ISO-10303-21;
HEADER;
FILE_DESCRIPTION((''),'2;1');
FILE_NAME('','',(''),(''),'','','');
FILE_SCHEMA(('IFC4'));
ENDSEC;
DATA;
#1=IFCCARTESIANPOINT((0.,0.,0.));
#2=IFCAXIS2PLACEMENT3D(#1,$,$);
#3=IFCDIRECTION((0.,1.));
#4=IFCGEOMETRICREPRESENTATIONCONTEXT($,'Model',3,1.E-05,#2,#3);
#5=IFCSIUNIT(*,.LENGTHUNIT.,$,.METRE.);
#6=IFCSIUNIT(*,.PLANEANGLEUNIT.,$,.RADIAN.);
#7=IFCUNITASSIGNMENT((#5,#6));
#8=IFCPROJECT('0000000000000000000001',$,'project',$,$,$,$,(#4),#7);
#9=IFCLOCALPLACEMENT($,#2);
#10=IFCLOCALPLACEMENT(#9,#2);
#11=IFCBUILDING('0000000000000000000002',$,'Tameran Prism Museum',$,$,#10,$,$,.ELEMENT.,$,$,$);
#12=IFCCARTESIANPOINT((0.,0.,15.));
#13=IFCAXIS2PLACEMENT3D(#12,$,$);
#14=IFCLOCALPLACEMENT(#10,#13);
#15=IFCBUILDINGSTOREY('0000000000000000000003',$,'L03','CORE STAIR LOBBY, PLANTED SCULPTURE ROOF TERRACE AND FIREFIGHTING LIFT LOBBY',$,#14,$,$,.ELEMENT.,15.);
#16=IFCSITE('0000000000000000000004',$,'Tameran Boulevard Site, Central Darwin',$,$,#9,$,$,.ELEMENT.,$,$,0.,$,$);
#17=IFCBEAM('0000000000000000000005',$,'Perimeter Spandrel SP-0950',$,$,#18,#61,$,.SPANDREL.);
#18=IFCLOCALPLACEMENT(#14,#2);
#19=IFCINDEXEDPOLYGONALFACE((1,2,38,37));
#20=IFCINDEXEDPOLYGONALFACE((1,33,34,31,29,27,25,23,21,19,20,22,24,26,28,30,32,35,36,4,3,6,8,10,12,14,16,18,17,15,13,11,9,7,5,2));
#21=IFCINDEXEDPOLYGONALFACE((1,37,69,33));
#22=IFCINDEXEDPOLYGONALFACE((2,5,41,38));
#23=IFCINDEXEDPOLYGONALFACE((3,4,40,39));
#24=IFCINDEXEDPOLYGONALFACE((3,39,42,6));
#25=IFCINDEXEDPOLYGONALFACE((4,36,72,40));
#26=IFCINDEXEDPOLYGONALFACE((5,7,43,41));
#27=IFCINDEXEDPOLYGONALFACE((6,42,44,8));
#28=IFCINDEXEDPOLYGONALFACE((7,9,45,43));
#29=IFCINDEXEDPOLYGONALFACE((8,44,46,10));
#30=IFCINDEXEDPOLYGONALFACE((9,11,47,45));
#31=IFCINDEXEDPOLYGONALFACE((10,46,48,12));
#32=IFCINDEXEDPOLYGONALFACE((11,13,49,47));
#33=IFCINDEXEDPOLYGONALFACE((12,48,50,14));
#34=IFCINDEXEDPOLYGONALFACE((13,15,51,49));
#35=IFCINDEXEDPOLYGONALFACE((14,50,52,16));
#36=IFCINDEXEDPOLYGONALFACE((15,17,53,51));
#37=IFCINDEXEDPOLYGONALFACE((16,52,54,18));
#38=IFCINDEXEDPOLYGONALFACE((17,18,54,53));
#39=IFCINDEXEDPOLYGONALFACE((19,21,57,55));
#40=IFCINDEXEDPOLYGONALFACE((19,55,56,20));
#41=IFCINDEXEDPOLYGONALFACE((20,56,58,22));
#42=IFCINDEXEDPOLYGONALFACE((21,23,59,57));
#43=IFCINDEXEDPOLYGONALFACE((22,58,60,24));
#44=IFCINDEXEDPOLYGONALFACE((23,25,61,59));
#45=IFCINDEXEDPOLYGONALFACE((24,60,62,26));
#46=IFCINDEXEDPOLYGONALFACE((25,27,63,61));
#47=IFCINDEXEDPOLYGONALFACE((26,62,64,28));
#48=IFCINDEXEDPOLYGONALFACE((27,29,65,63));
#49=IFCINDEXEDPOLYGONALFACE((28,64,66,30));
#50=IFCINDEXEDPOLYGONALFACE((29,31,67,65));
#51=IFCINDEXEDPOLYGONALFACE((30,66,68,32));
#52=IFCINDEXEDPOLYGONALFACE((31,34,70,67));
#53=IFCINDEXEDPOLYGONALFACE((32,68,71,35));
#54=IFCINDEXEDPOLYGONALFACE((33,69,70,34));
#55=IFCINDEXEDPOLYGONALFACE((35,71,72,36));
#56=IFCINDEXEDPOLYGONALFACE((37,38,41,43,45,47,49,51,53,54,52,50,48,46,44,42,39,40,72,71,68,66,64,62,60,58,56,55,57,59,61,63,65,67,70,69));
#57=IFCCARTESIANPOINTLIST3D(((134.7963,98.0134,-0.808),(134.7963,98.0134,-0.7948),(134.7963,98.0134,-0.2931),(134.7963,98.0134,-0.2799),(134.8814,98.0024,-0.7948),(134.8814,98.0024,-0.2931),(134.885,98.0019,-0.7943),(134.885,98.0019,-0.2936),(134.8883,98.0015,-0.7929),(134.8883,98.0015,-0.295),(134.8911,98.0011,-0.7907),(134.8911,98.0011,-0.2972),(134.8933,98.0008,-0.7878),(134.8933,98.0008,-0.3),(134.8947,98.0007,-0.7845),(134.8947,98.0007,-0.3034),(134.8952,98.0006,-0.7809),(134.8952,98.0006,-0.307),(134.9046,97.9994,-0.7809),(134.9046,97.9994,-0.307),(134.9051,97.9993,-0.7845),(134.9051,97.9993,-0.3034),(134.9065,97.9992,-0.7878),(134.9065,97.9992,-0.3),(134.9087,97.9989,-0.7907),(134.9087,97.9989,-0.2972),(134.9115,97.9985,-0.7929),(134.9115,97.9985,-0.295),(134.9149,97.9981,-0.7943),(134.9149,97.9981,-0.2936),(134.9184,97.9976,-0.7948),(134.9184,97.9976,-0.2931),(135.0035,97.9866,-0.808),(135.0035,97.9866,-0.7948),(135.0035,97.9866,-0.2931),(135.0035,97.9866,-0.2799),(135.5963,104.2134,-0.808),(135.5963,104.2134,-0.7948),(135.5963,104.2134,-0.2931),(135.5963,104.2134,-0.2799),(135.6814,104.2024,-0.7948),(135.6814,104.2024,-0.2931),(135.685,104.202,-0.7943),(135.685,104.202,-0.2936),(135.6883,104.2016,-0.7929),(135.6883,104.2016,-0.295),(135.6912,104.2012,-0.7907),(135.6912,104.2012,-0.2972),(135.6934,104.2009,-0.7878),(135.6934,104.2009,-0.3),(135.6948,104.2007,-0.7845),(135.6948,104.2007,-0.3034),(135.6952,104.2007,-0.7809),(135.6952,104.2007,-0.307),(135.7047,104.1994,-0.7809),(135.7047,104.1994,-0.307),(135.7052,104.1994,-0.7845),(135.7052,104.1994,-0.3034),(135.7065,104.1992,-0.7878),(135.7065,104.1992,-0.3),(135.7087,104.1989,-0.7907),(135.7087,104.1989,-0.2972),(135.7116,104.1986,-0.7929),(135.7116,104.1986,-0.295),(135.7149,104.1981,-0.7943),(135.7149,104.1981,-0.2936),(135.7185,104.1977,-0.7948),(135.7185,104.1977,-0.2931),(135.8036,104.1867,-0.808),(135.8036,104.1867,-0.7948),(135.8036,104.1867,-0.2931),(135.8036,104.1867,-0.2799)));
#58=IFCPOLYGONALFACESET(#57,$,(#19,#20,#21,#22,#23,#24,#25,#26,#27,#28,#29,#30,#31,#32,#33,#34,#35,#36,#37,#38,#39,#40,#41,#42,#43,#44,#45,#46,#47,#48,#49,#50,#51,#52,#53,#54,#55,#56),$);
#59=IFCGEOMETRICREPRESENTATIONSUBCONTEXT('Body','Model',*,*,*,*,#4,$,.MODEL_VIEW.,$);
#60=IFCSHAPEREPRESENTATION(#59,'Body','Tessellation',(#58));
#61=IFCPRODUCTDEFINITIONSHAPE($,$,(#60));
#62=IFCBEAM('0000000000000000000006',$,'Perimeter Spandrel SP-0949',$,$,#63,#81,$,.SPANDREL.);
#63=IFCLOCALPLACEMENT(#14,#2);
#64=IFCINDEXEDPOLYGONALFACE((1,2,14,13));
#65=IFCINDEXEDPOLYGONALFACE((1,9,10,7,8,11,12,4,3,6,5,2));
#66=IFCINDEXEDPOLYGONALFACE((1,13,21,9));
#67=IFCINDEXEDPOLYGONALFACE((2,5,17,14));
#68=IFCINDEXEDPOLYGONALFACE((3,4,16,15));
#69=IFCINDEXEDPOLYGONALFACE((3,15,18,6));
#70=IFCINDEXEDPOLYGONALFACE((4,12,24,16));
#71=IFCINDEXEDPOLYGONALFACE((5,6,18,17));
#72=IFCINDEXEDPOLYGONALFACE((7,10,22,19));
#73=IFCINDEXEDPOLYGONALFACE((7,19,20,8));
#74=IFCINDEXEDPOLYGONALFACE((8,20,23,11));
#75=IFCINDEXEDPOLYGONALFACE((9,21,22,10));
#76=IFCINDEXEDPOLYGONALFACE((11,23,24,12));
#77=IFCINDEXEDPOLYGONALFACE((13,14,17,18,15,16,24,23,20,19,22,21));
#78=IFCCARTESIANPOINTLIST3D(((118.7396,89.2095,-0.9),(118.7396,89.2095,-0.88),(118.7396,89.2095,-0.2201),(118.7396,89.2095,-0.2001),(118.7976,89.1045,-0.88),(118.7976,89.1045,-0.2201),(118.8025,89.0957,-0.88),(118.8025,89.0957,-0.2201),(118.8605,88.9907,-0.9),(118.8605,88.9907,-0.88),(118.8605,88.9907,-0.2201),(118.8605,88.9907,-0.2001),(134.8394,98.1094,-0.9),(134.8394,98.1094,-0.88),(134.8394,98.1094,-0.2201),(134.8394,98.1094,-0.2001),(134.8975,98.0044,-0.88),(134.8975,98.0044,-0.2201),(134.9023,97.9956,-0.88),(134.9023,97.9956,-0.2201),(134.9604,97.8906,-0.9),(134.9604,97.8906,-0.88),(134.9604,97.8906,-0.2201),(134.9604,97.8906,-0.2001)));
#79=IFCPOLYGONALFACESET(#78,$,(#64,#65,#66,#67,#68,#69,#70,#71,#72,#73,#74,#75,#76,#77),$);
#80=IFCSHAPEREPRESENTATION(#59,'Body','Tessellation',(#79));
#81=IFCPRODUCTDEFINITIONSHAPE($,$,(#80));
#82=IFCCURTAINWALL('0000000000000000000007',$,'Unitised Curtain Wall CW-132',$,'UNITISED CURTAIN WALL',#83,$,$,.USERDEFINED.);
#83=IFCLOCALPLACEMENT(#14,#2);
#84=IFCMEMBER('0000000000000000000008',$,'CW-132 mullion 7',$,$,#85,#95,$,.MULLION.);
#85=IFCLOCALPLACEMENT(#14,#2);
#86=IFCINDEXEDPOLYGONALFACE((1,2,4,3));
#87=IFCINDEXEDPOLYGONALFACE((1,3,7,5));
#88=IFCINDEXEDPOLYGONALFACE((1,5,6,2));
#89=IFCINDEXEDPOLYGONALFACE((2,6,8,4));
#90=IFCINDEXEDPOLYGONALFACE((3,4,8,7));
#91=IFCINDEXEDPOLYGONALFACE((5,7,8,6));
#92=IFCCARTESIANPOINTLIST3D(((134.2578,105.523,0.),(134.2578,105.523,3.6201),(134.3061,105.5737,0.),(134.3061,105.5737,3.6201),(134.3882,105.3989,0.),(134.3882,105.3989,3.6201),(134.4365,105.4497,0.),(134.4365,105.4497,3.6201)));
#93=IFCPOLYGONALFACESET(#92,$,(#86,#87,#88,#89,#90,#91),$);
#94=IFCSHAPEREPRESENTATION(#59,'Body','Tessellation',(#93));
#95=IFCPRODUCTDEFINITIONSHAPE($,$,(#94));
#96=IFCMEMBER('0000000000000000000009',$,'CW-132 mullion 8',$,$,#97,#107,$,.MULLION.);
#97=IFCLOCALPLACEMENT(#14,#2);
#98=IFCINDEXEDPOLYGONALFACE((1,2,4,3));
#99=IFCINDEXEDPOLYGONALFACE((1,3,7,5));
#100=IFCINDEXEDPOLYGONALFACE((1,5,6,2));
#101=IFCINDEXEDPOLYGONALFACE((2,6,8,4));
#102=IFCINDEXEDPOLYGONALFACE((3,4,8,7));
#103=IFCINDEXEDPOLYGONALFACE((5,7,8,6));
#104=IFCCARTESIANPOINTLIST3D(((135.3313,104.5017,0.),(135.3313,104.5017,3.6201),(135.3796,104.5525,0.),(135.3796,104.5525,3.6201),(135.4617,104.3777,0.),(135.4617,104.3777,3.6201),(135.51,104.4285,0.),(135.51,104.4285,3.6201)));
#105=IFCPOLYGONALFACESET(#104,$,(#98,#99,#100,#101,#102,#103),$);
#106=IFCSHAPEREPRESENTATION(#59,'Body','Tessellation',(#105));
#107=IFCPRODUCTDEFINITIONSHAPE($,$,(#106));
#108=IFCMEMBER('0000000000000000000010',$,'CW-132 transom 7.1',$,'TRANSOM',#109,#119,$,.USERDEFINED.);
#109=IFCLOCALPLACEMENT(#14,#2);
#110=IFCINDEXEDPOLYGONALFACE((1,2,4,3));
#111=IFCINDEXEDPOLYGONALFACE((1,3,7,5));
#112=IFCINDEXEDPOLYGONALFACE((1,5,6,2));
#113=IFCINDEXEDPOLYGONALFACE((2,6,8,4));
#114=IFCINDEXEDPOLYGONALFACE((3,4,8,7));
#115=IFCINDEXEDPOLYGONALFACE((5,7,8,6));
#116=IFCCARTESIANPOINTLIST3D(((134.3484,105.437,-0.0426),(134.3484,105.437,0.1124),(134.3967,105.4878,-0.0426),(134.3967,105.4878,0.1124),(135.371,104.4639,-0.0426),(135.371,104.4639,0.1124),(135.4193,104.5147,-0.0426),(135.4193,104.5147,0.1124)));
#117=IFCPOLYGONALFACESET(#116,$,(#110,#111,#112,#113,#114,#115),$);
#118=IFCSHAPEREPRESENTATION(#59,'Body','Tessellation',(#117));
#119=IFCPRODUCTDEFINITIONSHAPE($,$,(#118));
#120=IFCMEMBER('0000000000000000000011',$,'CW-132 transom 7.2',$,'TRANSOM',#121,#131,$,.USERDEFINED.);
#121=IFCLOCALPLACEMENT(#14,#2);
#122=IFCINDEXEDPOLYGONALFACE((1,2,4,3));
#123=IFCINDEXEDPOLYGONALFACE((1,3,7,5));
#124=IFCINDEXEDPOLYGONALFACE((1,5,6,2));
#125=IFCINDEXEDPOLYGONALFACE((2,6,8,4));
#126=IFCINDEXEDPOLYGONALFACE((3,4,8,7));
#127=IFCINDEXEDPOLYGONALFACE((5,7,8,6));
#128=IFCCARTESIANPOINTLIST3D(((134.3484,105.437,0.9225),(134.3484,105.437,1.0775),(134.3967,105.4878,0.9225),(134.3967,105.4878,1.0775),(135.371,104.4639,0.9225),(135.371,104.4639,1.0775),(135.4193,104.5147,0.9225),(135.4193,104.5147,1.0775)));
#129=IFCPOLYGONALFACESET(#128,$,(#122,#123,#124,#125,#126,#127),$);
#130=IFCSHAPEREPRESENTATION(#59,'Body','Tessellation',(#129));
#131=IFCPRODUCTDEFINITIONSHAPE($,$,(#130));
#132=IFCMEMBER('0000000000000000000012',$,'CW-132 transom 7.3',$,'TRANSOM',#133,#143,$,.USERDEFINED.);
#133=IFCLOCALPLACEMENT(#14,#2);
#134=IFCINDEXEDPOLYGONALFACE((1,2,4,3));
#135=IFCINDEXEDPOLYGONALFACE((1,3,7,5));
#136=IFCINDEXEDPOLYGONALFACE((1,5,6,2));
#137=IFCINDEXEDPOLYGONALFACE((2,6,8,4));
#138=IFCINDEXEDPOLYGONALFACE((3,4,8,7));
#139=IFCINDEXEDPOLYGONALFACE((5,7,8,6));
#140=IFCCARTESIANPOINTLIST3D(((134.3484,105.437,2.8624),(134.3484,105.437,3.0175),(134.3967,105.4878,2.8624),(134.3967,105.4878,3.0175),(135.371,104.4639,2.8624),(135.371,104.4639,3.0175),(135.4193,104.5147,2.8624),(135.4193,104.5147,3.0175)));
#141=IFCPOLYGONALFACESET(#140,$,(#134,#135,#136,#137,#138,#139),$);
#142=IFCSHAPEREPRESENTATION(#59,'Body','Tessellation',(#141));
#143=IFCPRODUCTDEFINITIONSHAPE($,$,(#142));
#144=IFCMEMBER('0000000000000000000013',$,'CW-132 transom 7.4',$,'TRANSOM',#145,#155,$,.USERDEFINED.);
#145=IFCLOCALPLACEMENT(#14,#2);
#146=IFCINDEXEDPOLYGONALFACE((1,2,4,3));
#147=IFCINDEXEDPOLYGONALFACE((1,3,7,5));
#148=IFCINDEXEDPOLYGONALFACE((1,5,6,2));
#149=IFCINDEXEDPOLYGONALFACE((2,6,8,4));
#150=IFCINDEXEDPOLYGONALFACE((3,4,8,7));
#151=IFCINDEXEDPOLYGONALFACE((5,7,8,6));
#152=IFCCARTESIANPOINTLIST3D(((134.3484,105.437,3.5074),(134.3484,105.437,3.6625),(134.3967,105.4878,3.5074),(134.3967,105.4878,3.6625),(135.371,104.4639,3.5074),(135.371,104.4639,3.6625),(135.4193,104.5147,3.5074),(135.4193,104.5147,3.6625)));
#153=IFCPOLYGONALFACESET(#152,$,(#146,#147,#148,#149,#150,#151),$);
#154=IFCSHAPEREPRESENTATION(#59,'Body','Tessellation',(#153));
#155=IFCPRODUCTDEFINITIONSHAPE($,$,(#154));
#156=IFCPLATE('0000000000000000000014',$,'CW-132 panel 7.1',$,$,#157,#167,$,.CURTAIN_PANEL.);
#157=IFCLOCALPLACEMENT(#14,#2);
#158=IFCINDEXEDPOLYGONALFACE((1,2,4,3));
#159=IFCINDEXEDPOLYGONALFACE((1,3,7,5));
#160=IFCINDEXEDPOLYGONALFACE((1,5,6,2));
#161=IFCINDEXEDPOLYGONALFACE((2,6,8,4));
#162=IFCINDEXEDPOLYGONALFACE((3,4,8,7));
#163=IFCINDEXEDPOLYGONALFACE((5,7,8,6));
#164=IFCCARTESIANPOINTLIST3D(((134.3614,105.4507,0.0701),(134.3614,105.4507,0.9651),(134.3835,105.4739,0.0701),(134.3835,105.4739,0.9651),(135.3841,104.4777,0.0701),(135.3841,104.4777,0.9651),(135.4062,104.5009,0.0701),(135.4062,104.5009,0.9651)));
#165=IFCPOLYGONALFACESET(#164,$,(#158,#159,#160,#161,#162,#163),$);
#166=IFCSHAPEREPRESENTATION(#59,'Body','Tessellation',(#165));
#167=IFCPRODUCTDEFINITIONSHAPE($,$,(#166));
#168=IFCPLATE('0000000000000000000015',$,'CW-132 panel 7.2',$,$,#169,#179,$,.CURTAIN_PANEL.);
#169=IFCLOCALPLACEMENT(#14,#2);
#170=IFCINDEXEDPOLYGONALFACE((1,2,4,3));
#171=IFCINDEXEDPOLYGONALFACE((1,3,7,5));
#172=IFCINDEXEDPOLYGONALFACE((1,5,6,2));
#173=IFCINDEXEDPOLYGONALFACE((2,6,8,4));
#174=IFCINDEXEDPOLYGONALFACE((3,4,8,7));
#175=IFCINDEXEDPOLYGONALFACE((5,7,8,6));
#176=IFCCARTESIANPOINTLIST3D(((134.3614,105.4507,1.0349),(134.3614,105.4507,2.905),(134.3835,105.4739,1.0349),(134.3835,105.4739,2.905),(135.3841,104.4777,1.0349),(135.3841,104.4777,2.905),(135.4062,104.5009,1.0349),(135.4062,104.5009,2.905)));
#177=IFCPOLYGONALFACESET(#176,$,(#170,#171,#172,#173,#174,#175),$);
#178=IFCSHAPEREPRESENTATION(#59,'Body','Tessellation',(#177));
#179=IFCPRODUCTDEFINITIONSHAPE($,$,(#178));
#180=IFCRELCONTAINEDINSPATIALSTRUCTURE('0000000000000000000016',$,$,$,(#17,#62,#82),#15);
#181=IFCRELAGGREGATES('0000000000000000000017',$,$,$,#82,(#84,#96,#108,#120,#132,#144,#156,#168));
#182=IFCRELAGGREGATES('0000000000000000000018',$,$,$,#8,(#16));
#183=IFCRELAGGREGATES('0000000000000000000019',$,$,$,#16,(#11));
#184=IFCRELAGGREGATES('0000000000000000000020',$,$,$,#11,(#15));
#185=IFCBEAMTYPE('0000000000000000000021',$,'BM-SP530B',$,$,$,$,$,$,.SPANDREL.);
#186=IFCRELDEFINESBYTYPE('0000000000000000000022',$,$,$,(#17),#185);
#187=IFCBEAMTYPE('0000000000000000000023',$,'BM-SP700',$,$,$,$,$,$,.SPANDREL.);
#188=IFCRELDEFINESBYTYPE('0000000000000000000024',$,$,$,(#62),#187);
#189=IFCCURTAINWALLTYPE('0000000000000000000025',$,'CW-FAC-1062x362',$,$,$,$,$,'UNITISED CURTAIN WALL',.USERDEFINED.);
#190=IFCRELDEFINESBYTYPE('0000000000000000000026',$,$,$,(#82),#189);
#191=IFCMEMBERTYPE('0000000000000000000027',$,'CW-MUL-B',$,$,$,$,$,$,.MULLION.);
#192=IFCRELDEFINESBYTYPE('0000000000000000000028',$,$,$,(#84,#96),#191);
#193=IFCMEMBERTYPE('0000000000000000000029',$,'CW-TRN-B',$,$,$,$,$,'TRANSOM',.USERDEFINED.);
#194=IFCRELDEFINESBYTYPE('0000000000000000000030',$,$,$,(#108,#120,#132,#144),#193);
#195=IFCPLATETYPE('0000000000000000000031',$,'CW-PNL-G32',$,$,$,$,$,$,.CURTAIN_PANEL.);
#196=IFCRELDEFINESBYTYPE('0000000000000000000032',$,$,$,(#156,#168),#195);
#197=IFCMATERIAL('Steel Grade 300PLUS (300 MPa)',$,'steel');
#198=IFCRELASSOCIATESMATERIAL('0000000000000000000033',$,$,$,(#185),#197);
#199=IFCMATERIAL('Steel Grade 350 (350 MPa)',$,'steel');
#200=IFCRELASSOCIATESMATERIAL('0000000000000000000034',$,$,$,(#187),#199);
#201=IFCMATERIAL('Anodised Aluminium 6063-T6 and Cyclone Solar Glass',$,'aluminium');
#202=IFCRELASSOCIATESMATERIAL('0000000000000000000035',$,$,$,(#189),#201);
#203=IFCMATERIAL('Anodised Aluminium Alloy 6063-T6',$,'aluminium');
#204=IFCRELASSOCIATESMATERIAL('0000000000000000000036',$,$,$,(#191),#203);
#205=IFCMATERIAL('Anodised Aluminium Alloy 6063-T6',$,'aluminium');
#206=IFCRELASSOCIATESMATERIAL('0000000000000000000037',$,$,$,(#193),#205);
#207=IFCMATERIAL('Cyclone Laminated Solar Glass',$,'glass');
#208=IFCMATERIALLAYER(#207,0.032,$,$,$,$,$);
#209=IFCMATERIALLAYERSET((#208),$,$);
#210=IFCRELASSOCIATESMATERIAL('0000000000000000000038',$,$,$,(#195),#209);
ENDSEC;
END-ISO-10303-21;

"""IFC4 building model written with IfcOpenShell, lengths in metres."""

from ifc_helpers import new_model, si_unit, direction, frame, origin, origin_2d, place, context, subcontext, project, spatial, rectangle, i_section, extrude, material, layer, layer_set, material_profile, profile_set, type_object, element, aggregate, save


model = new_model("IFC4")

# Units and contexts
model_context = context("Model", 3, precision=1e-05, world=origin(), true_north=direction((0.0, 1.0)))
body_context = subcontext(model_context, "Body", "Model", "MODEL_VIEW")
ifc_project = project(units=[si_unit("LENGTHUNIT", "METRE"), si_unit("PLANEANGLEUNIT", "RADIAN")], contexts=[model_context])

# Site, building, storey
site_placement = place(None, origin())
site = spatial("IfcSite", under=ifc_project, at=site_placement, Name="Tameran Boulevard Site, Central Darwin", CompositionType="ELEMENT", RefElevation=0.0)
building_placement = place(site_placement, origin())
building = spatial("IfcBuilding", under=site, at=building_placement, Name="Tameran Prism Museum", CompositionType="ELEMENT")
storey_placement = place(building_placement, frame((0.0, 0.0, 15.0)))
storey = spatial("IfcBuildingStorey", under=building, at=storey_placement, Name="L03", Description="CORE STAIR LOBBY, PLANTED SCULPTURE ROOF TERRACE AND FIREFIGHTING LIFT LOBBY", CompositionType="ELEMENT", Elevation=15.0)

# Beams
ifc_material_1 = material(Name="Steel Grade 300PLUS (300 MPa)", Category="steel")
ifc_material_profile_1 = material_profile(ifc_material_1, i_section(OverallWidth=0.209, OverallDepth=0.5281, WebThickness=0.0095, FlangeThickness=0.0132, FilletRadius=0.0139, at=origin_2d()))
ifc_profile_set_1 = profile_set([ifc_material_profile_1])
beam_type_1 = type_object("IfcBeamType", Name="BM-SP530B", PredefinedType="SPANDREL", material=ifc_profile_set_1)
beam_1_placement = place(storey_placement, frame((134.8999, 98.0, -0.5439), z_axis=(0.12798, 0.991777, 0.0), x_axis=(-0.991777, 0.12798, 0.0)))
element("IfcBeam", 1, at=beam_1_placement, inside=storey, type_object=beam_type_1, Name="Perimeter Spandrel SP-0950", PredefinedType="SPANDREL", context=body_context, shape_type="SweptSolid", body=[
    extrude(i_section(OverallWidth=0.209, OverallDepth=0.5281, WebThickness=0.0095, FlangeThickness=0.0132, FilletRadius=0.0139, at=origin_2d()), origin(), (0.0, 0.0, 1.0), 6.2515),
])
ifc_material_2 = material(Name="Steel Grade 350 (350 MPa)", Category="steel")
ifc_material_profile_2 = material_profile(ifc_material_2, i_section(OverallWidth=0.25, OverallDepth=0.7, WebThickness=0.01, FlangeThickness=0.02, at=origin_2d()))
ifc_profile_set_2 = profile_set([ifc_material_profile_2])
beam_type_2 = type_object("IfcBeamType", Name="BM-SP700", PredefinedType="SPANDREL", material=ifc_profile_set_2)
beam_2_placement = place(storey_placement, frame((134.8999, 98.0, -0.55), z_axis=(-0.875181, -0.483795, 0.0), x_axis=(0.483795, -0.875181, 0.0)))
element("IfcBeam", 2, at=beam_2_placement, inside=storey, type_object=beam_type_2, Name="Perimeter Spandrel SP-0949", PredefinedType="SPANDREL", context=body_context, shape_type="SweptSolid", body=[
    extrude(i_section(OverallWidth=0.25, OverallDepth=0.7, WebThickness=0.01, FlangeThickness=0.02, at=origin_2d()), origin(), (0.0, 0.0, 1.0), 18.396),
])

# Curtain wall, members, plates
ifc_material_3 = material(Name="Anodised Aluminium 6063-T6 and Cyclone Solar Glass", Category="aluminium")
curtain_wall_type = type_object("IfcCurtainWallType", Name="CW-FAC-1062x362", ElementType="UNITISED CURTAIN WALL", PredefinedType="USERDEFINED", material=ifc_material_3)
curtain_wall_placement = place(storey_placement, origin())
curtain_wall = element("IfcCurtainWall", 3, at=curtain_wall_placement, inside=storey, type_object=curtain_wall_type, Name="Unitised Curtain Wall CW-132", ObjectType="UNITISED CURTAIN WALL", PredefinedType="USERDEFINED")
ifc_material_4 = material(Name="Anodised Aluminium Alloy 6063-T6", Category="aluminium")
ifc_material_profile_3 = material_profile(ifc_material_4, rectangle(XDim=0.0701, YDim=0.1799, at=origin_2d()))
ifc_profile_set_3 = profile_set([ifc_material_profile_3])
member_type_1 = type_object("IfcMemberType", Name="CW-MUL-B", PredefinedType="MULLION", material=ifc_profile_set_3)
member_1_placement = place(storey_placement, frame((134.3472, 105.4863, 0.0), z_axis=(0.0, 0.0, 1.0), x_axis=(0.689274, 0.724501, 0.0)))
member_1 = element("IfcMember", 4, at=member_1_placement, type_object=member_type_1, Name="CW-132 mullion 7", PredefinedType="MULLION", context=body_context, shape_type="SweptSolid", body=[
    extrude(rectangle(XDim=0.0701, YDim=0.1799, at=origin_2d()), origin(), (0.0, 0.0, 1.0), 3.6201),
])
member_2_placement = place(storey_placement, frame((135.4207, 104.4651, 0.0), z_axis=(0.0, 0.0, 1.0), x_axis=(0.689274, 0.724501, 0.0)))
member_2 = element("IfcMember", 5, at=member_2_placement, type_object=member_type_1, Name="CW-132 mullion 8", PredefinedType="MULLION", context=body_context, shape_type="SweptSolid", body=[
    extrude(rectangle(XDim=0.0701, YDim=0.1799, at=origin_2d()), origin(), (0.0, 0.0, 1.0), 3.6201),
])
ifc_material_5 = material(Name="Anodised Aluminium Alloy 6063-T6", Category="aluminium")
ifc_material_profile_4 = material_profile(ifc_material_5, rectangle(XDim=0.0701, YDim=0.155, at=origin_2d()))
ifc_profile_set_4 = profile_set([ifc_material_profile_4])
member_type_2 = type_object("IfcMemberType", Name="CW-TRN-B", ElementType="TRANSOM", PredefinedType="USERDEFINED", material=ifc_profile_set_4)
member_3_placement = place(storey_placement, frame((134.3726, 105.4624, 0.0349), z_axis=(0.724442, -0.689336, 0.0), x_axis=(0.689336, 0.724442, 0.0)))
member_3 = element("IfcMember", 6, at=member_3_placement, type_object=member_type_2, Name="CW-132 transom 7.1", ObjectType="TRANSOM", PredefinedType="USERDEFINED", context=body_context, shape_type="SweptSolid", body=[
    extrude(rectangle(XDim=0.0701, YDim=0.155, at=origin_2d()), origin(), (0.0, 0.0, 1.0), 1.4116),
])
member_4_placement = place(storey_placement, frame((134.3726, 105.4624, 1.0), z_axis=(0.724442, -0.689336, 0.0), x_axis=(0.689336, 0.724442, 0.0)))
member_4 = element("IfcMember", 7, at=member_4_placement, type_object=member_type_2, Name="CW-132 transom 7.2", ObjectType="TRANSOM", PredefinedType="USERDEFINED", context=body_context, shape_type="SweptSolid", body=[
    extrude(rectangle(XDim=0.0701, YDim=0.155, at=origin_2d()), origin(), (0.0, 0.0, 1.0), 1.4116),
])
member_5_placement = place(storey_placement, frame((134.3726, 105.4624, 2.9399), z_axis=(0.724442, -0.689336, 0.0), x_axis=(0.689336, 0.724442, 0.0)))
member_5 = element("IfcMember", 8, at=member_5_placement, type_object=member_type_2, Name="CW-132 transom 7.3", ObjectType="TRANSOM", PredefinedType="USERDEFINED", context=body_context, shape_type="SweptSolid", body=[
    extrude(rectangle(XDim=0.0701, YDim=0.155, at=origin_2d()), origin(), (0.0, 0.0, 1.0), 1.4116),
])
member_6_placement = place(storey_placement, frame((134.3726, 105.4624, 3.585), z_axis=(0.724442, -0.689336, 0.0), x_axis=(0.689336, 0.724442, 0.0)))
member_6 = element("IfcMember", 9, at=member_6_placement, type_object=member_type_2, Name="CW-132 transom 7.4", ObjectType="TRANSOM", PredefinedType="USERDEFINED", context=body_context, shape_type="SweptSolid", body=[
    extrude(rectangle(XDim=0.0701, YDim=0.155, at=origin_2d()), origin(), (0.0, 0.0, 1.0), 1.4116),
])
ifc_material_6 = material(Name="Cyclone Laminated Solar Glass", Category="glass")
ifc_layer_1 = layer(ifc_material_6, 0.032)
ifc_layer_set_1 = layer_set([ifc_layer_1])
plate_type = type_object("IfcPlateType", Name="CW-PNL-G32", PredefinedType="CURTAIN_PANEL", material=ifc_layer_set_1)
plate_1_placement = place(storey_placement, frame((134.8838, 104.9758, 0.0701), z_axis=(0.0, 0.0, 1.0), x_axis=(0.724501, -0.689274, 0.0)))
plate_1 = element("IfcPlate", 10, at=plate_1_placement, type_object=plate_type, Name="CW-132 panel 7.1", PredefinedType="CURTAIN_PANEL", context=body_context, shape_type="SweptSolid", body=[
    extrude(rectangle(XDim=1.4116, YDim=0.032, at=origin_2d()), origin(), (0.0, 0.0, 1.0), 0.895),
])
plate_2_placement = place(storey_placement, frame((134.8838, 104.9758, 1.0349), z_axis=(0.0, 0.0, 1.0), x_axis=(0.724501, -0.689274, 0.0)))
plate_2 = element("IfcPlate", 11, at=plate_2_placement, type_object=plate_type, Name="CW-132 panel 7.2", PredefinedType="CURTAIN_PANEL", context=body_context, shape_type="SweptSolid", body=[
    extrude(rectangle(XDim=1.4116, YDim=0.032, at=origin_2d()), origin(), (0.0, 0.0, 1.0), 1.8701),
])
aggregate(curtain_wall, [member_1, member_2, member_3, member_4, member_5, member_6, plate_1, plate_2])

save(model, "model.ifc")
